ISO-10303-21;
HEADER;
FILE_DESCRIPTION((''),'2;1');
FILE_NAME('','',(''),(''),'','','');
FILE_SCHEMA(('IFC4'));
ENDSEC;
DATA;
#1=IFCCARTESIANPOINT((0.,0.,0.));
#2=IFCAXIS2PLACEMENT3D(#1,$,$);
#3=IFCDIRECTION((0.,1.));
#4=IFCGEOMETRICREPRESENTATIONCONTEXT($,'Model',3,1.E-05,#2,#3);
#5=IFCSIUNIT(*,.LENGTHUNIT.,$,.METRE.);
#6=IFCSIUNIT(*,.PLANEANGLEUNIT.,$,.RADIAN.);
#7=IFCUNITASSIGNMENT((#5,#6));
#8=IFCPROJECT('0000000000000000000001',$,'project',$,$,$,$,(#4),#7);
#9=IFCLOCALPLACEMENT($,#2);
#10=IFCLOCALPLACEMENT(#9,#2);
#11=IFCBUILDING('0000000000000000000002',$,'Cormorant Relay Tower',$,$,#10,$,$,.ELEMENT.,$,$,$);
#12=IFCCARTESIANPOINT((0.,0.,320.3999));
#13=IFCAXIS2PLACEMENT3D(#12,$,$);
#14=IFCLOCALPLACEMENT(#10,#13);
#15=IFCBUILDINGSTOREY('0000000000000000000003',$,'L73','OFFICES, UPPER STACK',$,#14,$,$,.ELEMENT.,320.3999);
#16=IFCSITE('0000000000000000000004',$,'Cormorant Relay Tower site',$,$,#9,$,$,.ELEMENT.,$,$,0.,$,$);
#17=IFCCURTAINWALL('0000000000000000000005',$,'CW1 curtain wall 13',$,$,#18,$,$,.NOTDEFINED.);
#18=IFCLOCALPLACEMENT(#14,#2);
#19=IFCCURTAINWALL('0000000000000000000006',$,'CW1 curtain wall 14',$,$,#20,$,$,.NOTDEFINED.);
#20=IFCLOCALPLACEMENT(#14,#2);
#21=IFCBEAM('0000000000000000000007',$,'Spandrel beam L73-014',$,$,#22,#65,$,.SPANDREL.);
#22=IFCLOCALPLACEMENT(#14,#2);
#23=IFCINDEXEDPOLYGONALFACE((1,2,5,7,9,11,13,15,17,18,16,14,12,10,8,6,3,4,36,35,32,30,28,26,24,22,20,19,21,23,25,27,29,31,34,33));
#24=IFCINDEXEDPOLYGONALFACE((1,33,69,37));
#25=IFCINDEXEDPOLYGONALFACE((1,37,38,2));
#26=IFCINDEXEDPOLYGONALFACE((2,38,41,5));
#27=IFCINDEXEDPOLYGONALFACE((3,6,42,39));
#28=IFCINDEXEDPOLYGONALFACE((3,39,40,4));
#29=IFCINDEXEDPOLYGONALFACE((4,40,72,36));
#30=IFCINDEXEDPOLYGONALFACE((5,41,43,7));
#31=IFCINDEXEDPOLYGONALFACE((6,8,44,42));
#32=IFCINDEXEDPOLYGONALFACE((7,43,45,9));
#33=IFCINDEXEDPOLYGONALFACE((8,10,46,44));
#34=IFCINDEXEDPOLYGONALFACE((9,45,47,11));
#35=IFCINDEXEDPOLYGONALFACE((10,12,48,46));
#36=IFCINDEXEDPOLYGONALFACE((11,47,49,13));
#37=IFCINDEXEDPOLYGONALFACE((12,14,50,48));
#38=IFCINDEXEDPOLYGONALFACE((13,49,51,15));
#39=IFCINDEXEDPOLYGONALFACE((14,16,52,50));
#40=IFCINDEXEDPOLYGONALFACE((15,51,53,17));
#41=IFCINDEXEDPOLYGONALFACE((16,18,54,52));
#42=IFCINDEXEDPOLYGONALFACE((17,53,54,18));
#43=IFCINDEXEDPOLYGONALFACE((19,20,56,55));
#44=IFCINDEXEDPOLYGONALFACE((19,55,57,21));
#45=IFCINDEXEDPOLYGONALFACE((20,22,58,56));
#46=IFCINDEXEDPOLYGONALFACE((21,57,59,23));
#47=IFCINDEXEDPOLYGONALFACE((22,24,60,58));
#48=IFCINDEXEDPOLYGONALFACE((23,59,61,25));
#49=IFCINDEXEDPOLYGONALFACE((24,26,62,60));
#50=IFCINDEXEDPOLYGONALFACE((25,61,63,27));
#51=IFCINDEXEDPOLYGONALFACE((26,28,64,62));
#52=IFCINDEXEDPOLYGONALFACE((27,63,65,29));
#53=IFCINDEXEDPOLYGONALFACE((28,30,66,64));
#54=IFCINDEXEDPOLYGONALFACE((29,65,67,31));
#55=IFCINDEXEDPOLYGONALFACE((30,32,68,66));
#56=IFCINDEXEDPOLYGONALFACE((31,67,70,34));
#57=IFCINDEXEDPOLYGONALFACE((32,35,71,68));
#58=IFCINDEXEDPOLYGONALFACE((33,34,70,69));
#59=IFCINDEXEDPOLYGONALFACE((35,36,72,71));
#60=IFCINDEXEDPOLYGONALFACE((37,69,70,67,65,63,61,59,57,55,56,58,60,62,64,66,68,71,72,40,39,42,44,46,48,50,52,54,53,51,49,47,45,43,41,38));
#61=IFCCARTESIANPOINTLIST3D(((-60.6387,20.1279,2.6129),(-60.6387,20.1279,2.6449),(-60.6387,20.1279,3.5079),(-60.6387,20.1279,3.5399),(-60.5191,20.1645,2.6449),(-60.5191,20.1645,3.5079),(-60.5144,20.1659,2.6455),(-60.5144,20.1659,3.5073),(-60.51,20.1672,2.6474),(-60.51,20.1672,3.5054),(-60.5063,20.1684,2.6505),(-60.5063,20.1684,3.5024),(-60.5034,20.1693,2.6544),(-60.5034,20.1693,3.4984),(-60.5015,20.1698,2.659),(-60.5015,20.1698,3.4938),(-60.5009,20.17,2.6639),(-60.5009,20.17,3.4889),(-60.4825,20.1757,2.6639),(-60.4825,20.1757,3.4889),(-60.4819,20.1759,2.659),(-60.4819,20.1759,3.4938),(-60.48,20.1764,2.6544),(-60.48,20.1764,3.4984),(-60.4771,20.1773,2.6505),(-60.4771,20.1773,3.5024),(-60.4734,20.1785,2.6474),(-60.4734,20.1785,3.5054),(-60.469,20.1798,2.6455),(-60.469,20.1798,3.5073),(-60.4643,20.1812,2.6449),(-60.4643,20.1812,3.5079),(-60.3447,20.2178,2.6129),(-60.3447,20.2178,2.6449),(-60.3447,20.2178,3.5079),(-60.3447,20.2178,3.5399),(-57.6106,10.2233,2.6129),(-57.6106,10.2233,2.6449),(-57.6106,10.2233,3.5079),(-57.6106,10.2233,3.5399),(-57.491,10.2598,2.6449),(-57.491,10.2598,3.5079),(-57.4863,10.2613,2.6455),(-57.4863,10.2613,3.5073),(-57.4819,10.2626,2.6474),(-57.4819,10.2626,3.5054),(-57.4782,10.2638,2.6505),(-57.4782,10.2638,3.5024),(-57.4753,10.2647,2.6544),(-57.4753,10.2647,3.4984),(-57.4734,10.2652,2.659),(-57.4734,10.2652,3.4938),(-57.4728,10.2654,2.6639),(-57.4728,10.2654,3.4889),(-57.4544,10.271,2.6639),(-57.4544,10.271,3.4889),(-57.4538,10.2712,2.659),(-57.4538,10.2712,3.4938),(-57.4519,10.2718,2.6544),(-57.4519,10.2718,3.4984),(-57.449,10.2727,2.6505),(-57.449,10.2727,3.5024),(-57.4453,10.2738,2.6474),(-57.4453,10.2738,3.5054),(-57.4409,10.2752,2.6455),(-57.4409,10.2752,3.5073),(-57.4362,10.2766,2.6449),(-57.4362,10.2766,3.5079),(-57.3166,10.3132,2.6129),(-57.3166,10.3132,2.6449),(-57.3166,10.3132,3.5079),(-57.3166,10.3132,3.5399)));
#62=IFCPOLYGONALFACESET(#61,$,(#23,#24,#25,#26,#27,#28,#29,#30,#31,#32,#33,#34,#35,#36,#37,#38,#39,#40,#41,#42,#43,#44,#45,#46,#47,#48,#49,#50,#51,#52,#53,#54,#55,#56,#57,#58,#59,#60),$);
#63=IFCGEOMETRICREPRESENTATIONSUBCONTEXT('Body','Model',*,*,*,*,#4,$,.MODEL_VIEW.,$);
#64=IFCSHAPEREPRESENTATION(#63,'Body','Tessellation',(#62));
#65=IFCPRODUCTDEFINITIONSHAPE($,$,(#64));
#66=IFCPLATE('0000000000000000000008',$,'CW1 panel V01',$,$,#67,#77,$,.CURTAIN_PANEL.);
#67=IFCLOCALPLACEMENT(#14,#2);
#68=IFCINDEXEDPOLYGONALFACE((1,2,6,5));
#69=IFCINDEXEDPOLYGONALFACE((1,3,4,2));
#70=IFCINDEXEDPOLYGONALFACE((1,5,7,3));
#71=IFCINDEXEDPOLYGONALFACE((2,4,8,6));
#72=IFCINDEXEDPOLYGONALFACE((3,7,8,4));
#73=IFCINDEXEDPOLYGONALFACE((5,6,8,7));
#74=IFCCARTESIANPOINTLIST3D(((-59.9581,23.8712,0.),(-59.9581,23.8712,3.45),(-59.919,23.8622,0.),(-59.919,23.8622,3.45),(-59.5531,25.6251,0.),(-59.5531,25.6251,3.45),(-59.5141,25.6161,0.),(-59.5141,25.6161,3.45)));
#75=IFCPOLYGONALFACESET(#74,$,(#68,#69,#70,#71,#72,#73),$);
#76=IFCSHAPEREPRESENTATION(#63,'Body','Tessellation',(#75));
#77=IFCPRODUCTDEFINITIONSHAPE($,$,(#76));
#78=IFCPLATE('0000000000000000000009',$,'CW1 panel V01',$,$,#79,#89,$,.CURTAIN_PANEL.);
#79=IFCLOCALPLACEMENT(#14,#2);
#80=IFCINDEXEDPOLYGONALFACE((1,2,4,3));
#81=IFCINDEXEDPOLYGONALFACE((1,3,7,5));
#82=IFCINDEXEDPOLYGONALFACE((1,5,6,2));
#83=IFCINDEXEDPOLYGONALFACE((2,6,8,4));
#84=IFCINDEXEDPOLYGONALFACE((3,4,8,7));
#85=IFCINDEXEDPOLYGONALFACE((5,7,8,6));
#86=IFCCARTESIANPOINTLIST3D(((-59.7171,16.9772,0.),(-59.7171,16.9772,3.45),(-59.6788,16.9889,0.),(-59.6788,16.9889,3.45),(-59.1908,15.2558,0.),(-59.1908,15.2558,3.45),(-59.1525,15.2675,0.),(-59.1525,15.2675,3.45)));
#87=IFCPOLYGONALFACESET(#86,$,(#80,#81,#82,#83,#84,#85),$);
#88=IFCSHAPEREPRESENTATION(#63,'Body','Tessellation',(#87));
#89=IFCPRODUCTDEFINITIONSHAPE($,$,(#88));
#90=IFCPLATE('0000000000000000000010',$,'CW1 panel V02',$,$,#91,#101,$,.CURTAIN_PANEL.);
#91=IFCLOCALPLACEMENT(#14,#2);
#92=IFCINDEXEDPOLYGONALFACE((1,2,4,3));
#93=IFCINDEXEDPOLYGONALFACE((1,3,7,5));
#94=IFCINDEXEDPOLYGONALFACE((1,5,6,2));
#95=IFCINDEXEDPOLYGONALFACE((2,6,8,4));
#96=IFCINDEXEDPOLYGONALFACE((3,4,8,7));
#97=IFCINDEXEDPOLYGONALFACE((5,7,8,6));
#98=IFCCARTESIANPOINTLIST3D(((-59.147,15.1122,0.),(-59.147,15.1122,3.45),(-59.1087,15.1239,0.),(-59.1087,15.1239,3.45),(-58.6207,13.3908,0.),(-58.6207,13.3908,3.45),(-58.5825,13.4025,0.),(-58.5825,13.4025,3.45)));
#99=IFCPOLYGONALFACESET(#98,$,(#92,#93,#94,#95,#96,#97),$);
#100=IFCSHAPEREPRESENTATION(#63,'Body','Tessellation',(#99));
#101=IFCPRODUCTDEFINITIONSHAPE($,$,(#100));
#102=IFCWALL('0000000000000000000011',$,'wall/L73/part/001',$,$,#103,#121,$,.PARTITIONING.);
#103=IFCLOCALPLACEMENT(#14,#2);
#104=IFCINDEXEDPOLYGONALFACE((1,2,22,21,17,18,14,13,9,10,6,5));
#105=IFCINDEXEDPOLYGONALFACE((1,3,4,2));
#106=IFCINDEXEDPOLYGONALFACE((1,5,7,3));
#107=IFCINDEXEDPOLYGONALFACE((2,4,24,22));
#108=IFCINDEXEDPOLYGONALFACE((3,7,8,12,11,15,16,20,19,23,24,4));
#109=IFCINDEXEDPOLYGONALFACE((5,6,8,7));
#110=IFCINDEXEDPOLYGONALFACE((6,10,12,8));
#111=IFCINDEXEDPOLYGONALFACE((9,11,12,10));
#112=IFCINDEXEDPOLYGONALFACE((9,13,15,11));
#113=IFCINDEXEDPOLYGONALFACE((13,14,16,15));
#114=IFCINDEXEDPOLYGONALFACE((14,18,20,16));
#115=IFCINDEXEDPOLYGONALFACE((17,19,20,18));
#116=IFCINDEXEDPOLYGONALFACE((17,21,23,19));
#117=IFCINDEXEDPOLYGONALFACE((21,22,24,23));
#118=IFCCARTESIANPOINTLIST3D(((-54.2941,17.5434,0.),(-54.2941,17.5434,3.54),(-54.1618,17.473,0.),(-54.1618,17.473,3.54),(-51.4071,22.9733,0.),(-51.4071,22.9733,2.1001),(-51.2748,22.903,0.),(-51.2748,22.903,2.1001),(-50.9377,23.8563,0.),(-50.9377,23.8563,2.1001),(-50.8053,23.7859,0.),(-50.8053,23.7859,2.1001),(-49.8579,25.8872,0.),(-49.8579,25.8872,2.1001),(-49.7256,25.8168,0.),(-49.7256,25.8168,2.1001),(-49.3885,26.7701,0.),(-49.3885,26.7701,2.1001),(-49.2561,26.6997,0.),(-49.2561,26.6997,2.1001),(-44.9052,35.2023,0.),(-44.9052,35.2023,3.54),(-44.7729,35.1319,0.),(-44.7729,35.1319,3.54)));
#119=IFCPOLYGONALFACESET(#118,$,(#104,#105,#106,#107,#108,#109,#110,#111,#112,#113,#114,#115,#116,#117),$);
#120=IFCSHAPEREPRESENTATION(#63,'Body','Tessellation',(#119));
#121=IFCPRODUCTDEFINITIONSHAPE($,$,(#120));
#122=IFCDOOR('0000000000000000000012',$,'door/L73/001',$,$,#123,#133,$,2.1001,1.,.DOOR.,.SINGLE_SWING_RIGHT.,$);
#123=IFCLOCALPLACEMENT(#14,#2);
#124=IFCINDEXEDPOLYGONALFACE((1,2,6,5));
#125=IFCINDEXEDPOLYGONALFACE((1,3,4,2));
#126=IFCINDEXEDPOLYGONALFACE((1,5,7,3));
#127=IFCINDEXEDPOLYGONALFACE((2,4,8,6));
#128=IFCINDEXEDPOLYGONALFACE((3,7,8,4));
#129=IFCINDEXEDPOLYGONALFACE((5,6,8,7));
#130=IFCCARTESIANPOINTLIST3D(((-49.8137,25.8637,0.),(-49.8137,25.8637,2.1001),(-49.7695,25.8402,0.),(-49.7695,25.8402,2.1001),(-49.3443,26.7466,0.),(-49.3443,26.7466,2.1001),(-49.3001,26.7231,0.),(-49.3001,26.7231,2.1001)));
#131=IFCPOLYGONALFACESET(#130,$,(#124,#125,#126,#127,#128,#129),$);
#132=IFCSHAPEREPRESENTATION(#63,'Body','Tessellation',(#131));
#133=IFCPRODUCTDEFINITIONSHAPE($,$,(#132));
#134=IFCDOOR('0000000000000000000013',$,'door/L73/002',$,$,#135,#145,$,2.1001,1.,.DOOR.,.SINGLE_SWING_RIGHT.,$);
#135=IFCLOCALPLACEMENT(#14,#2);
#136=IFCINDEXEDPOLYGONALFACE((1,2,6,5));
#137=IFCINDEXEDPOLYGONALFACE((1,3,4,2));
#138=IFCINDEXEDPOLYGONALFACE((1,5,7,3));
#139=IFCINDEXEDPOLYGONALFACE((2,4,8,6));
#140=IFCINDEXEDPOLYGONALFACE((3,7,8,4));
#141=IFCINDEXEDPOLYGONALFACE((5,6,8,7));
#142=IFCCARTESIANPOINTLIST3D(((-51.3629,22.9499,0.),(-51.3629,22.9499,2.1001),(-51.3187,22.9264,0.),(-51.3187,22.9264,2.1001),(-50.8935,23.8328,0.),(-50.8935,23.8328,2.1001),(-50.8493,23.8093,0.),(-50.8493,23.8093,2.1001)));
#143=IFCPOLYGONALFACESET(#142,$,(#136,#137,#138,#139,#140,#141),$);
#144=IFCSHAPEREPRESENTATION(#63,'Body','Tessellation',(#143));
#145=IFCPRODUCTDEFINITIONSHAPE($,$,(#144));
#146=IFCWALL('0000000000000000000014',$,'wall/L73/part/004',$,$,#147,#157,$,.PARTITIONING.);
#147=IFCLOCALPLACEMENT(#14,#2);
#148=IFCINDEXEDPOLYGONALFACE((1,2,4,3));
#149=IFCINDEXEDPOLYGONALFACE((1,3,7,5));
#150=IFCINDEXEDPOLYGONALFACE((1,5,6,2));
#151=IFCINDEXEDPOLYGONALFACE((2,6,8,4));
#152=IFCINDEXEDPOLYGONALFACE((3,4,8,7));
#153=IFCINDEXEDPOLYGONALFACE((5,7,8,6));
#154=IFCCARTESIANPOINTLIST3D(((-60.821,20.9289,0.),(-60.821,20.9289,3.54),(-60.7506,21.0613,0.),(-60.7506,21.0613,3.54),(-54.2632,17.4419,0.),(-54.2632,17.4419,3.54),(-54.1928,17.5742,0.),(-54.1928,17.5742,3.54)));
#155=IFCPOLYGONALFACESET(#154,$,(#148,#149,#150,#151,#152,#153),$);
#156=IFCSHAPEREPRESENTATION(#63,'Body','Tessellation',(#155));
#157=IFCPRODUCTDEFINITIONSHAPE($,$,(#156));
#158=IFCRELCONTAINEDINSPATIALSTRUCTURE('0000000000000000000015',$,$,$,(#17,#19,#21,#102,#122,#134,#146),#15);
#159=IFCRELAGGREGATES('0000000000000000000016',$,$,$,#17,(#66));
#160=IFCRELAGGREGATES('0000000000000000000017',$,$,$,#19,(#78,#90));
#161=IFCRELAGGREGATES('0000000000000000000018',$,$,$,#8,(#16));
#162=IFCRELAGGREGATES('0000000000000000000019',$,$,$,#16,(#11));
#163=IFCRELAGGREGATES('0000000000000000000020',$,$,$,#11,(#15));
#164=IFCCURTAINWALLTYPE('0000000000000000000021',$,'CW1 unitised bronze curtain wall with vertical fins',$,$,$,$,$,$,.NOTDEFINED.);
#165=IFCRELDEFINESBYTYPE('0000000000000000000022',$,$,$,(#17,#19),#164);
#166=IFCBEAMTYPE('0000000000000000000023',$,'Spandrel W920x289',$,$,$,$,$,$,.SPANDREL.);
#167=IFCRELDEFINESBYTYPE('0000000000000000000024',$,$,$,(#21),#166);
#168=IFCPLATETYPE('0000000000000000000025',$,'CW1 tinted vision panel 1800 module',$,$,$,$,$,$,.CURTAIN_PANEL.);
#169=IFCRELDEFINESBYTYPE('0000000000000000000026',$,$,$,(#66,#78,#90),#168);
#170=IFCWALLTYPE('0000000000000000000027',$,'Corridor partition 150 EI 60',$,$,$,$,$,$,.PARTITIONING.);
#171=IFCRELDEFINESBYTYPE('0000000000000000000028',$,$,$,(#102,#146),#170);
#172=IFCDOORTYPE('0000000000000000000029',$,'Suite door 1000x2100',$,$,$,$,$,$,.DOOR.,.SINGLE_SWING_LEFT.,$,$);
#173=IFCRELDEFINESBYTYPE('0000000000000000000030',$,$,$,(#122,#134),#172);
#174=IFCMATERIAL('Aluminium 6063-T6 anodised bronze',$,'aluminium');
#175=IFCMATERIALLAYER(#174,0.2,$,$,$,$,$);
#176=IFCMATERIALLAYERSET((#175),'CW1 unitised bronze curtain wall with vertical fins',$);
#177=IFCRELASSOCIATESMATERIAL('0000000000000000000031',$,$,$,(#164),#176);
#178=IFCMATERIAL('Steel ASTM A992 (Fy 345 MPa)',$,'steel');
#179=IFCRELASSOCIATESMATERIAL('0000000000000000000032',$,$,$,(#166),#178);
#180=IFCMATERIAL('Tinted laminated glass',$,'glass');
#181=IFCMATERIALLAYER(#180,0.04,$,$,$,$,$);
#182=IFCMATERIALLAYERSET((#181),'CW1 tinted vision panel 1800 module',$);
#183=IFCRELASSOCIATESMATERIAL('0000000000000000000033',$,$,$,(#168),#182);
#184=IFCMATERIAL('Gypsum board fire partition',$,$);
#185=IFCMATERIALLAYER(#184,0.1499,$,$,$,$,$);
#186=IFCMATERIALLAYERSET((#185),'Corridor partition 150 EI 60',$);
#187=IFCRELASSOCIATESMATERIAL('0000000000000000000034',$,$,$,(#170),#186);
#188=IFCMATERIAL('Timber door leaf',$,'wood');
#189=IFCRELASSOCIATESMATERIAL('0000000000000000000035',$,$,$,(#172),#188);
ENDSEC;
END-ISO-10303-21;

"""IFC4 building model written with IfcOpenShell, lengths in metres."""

from ifc_helpers import new_model, si_unit, direction, frame, frame_2d, origin, origin_2d, place, context, subcontext, project, spatial, rectangle, i_section, extrude, material, layer, layer_set, material_profile, profile_set, type_object, element, fill, aggregate, save


model = new_model("IFC4")

# Units and contexts
model_context = context("Model", 3, precision=1e-05, world=origin(), true_north=direction((0.0, 1.0)))
body_context = subcontext(model_context, "Body", "Model", "MODEL_VIEW")
ifc_project = project(units=[si_unit("LENGTHUNIT", "METRE"), si_unit("PLANEANGLEUNIT", "RADIAN")], contexts=[model_context])

# Site, building, storey
site_placement = place(None, origin())
site = spatial("IfcSite", under=ifc_project, at=site_placement, Name="Cormorant Relay Tower site", CompositionType="ELEMENT", RefElevation=0.0)
building_placement = place(site_placement, origin())
building = spatial("IfcBuilding", under=site, at=building_placement, Name="Cormorant Relay Tower", CompositionType="ELEMENT")
storey_placement = place(building_placement, frame((0.0, 0.0, 320.3999)))
storey = spatial("IfcBuildingStorey", under=building, at=storey_placement, Name="L73", Description="OFFICES, UPPER STACK", CompositionType="ELEMENT", Elevation=320.3999)

# Curtain wall
ifc_material_1 = material(Name="Aluminium 6063-T6 anodised bronze", Category="aluminium")
ifc_layer_1 = layer(ifc_material_1, 0.2)
ifc_layer_set_1 = layer_set([ifc_layer_1], Name="CW1 unitised bronze curtain wall with vertical fins")
curtain_wall_type = type_object("IfcCurtainWallType", Name="CW1 unitised bronze curtain wall with vertical fins", PredefinedType="NOTDEFINED", material=ifc_layer_set_1)
curtain_wall_1_placement = place(storey_placement, origin())
curtain_wall_1 = element("IfcCurtainWall", 1, at=curtain_wall_1_placement, inside=storey, type_object=curtain_wall_type, Name="CW1 curtain wall 13", PredefinedType="NOTDEFINED")

# Curtain wall
curtain_wall_2_placement = place(storey_placement, origin())
curtain_wall_2 = element("IfcCurtainWall", 2, at=curtain_wall_2_placement, inside=storey, type_object=curtain_wall_type, Name="CW1 curtain wall 14", PredefinedType="NOTDEFINED")

# Beam
ifc_material_2 = material(Name="Steel ASTM A992 (Fy 345 MPa)", Category="steel")
ifc_material_profile_1 = material_profile(ifc_material_2, i_section(OverallWidth=0.3074, OverallDepth=0.927, WebThickness=0.0193, FlangeThickness=0.032, FilletRadius=0.019, at=origin_2d()), Name="W920x289")
ifc_profile_set_1 = profile_set([ifc_material_profile_1], Name="Steel ASTM A992 (Fy 345 MPa)")
beam_type = type_object("IfcBeamType", Name="Spandrel W920x289", PredefinedType="SPANDREL", material=ifc_profile_set_1)
beam_placement = place(storey_placement, frame((-60.4917, 20.1729, 3.0764), z_axis=(0.292368, -0.956306, 0.0), x_axis=(0.956306, 0.292368, 0.0)))
element("IfcBeam", 3, at=beam_placement, inside=storey, type_object=beam_type, Name="Spandrel beam L73-014", PredefinedType="SPANDREL", context=body_context, shape_type="SweptSolid", body=[
    extrude(i_section(OverallWidth=0.3074, OverallDepth=0.927, WebThickness=0.0193, FlangeThickness=0.032, FilletRadius=0.019, at=origin_2d()), origin(), (0.0, 0.0, 1.0), 10.3572),
])

# Plates
ifc_material_3 = material(Name="Tinted laminated glass", Category="glass")
ifc_layer_2 = layer(ifc_material_3, 0.04)
ifc_layer_set_2 = layer_set([ifc_layer_2], Name="CW1 tinted vision panel 1800 module")
plate_type = type_object("IfcPlateType", Name="CW1 tinted vision panel 1800 module", PredefinedType="CURTAIN_PANEL", material=ifc_layer_set_2)
plate_1_placement = place(storey_placement, frame((-59.7361, 24.7437, 0.0), z_axis=(0.0, 0.0, 1.0), x_axis=(-0.224951, -0.97437, 0.0)))
plate_1 = element("IfcPlate", 4, at=plate_1_placement, type_object=plate_type, Name="CW1 panel V01", PredefinedType="CURTAIN_PANEL", context=body_context, shape_type="SweptSolid", body=[
    extrude(rectangle(XDim=1.8, YDim=0.04, at=origin_2d()), origin(), (0.0, 0.0, 1.0), 3.45),
])
plate_2_placement = place(storey_placement, frame((-59.4348, 16.1223, 0.0), z_axis=(0.0, 0.0, 1.0), x_axis=(0.292372, -0.956305, 0.0)))
plate_2 = element("IfcPlate", 5, at=plate_2_placement, type_object=plate_type, Name="CW1 panel V01", PredefinedType="CURTAIN_PANEL", context=body_context, shape_type="SweptSolid", body=[
    extrude(rectangle(XDim=1.8, YDim=0.04, at=origin_2d()), origin(), (0.0, 0.0, 1.0), 3.45),
])
plate_3_placement = place(storey_placement, frame((-58.8647, 14.2573, 0.0), z_axis=(0.0, 0.0, 1.0), x_axis=(0.292372, -0.956305, 0.0)))
plate_3 = element("IfcPlate", 6, at=plate_3_placement, type_object=plate_type, Name="CW1 panel V02", PredefinedType="CURTAIN_PANEL", context=body_context, shape_type="SweptSolid", body=[
    extrude(rectangle(XDim=1.8, YDim=0.04, at=origin_2d()), origin(), (0.0, 0.0, 1.0), 3.45),
])

# Wall, openings, doors
ifc_material_4 = material(Name="Gypsum board fire partition")
ifc_layer_3 = layer(ifc_material_4, 0.1499)
ifc_layer_set_3 = layer_set([ifc_layer_3], Name="Corridor partition 150 EI 60")
wall_type_1 = type_object("IfcWallType", Name="Corridor partition 150 EI 60", PredefinedType="PARTITIONING", material=ifc_layer_set_3)
wall_1_placement = place(storey_placement, frame((-54.228, 17.5081, 0.0), z_axis=(0.0, 0.0, 1.0), x_axis=(0.469452, 0.882958, 0.0)))
wall_1 = element("IfcWall", 7, at=wall_1_placement, inside=storey, type_object=wall_type_1, Name="wall/L73/part/001", PredefinedType="PARTITIONING", context=body_context, shape_type="SweptSolid", body=[
    extrude(rectangle(XDim=19.9998, YDim=0.1499, at=frame_2d((10.0, 0.0))), origin(), (0.0, 0.0, 1.0), 3.54),
])
opening_1_placement = place(wall_1_placement, frame((9.45, 0.0, 0.0)))
opening_1 = element("IfcOpeningElement", 8, at=opening_1_placement, cuts=wall_1, PredefinedType="OPENING", context=body_context, shape_type="SweptSolid", body=[
    extrude(rectangle(XDim=1.0, YDim=2.1001, at=frame_2d((0.5, 1.05))), frame((0.0, 0.085, 0.0), z_axis=(0.0, -1.0, 0.0), x_axis=(1.0, 0.0, 0.0)), (0.0, 0.0, 1.0), 0.1699),
])
opening_2_placement = place(wall_1_placement, frame((6.1499, 0.0, 0.0)))
opening_2 = element("IfcOpeningElement", 9, at=opening_2_placement, cuts=wall_1, PredefinedType="OPENING", context=body_context, shape_type="SweptSolid", body=[
    extrude(rectangle(XDim=1.0, YDim=2.1001, at=frame_2d((0.5, 1.05))), frame((0.0, 0.085, 0.0), z_axis=(0.0, -1.0, 0.0), x_axis=(1.0, 0.0, 0.0)), (0.0, 0.0, 1.0), 0.1699),
])
ifc_material_5 = material(Name="Timber door leaf", Category="wood")
door_type_1 = type_object("IfcDoorType", Name="Suite door 1000x2100", OperationType="SINGLE_SWING_LEFT", PredefinedType="DOOR", material=ifc_material_5)
door_1_placement = place(opening_1_placement, origin())
door_1 = element("IfcDoor", 10, at=door_1_placement, inside=storey, type_object=door_type_1, Name="door/L73/001", OperationType="SINGLE_SWING_RIGHT", OverallHeight=2.1001, OverallWidth=1.0, PredefinedType="DOOR", context=body_context, shape_type="SweptSolid", body=[
    extrude(rectangle(XDim=1.0, YDim=2.1001, at=frame_2d((0.5, 1.05))), frame((0.0, 0.0249, 0.0), z_axis=(0.0, -1.0, 0.0), x_axis=(1.0, 0.0, 0.0)), (0.0, 0.0, 1.0), 0.05),
])
fill(opening_1, door_1)
door_2_placement = place(opening_2_placement, origin())
door_2 = element("IfcDoor", 11, at=door_2_placement, inside=storey, type_object=door_type_1, Name="door/L73/002", OperationType="SINGLE_SWING_RIGHT", OverallHeight=2.1001, OverallWidth=1.0, PredefinedType="DOOR", context=body_context, shape_type="SweptSolid", body=[
    extrude(rectangle(XDim=1.0, YDim=2.1001, at=frame_2d((0.5, 1.05))), frame((0.0, 0.0249, 0.0), z_axis=(0.0, -1.0, 0.0), x_axis=(1.0, 0.0, 0.0)), (0.0, 0.0, 1.0), 0.05),
])
fill(opening_2, door_2)

# Wall
wall_2_placement = place(storey_placement, frame((-54.228, 17.5081, 0.0), z_axis=(0.0, 0.0, 1.0), x_axis=(-0.882937, 0.469491, 0.0)))
element("IfcWall", 12, at=wall_2_placement, inside=storey, type_object=wall_type_1, Name="wall/L73/part/004", PredefinedType="PARTITIONING", context=body_context, shape_type="SweptSolid", body=[
    extrude(rectangle(XDim=7.4272, YDim=0.1499, at=frame_2d((3.7136, 0.0))), origin(), (0.0, 0.0, 1.0), 3.54),
])

aggregate(curtain_wall_1, [plate_1])
aggregate(curtain_wall_2, [plate_2, plate_3])

save(model, "model.ifc")
